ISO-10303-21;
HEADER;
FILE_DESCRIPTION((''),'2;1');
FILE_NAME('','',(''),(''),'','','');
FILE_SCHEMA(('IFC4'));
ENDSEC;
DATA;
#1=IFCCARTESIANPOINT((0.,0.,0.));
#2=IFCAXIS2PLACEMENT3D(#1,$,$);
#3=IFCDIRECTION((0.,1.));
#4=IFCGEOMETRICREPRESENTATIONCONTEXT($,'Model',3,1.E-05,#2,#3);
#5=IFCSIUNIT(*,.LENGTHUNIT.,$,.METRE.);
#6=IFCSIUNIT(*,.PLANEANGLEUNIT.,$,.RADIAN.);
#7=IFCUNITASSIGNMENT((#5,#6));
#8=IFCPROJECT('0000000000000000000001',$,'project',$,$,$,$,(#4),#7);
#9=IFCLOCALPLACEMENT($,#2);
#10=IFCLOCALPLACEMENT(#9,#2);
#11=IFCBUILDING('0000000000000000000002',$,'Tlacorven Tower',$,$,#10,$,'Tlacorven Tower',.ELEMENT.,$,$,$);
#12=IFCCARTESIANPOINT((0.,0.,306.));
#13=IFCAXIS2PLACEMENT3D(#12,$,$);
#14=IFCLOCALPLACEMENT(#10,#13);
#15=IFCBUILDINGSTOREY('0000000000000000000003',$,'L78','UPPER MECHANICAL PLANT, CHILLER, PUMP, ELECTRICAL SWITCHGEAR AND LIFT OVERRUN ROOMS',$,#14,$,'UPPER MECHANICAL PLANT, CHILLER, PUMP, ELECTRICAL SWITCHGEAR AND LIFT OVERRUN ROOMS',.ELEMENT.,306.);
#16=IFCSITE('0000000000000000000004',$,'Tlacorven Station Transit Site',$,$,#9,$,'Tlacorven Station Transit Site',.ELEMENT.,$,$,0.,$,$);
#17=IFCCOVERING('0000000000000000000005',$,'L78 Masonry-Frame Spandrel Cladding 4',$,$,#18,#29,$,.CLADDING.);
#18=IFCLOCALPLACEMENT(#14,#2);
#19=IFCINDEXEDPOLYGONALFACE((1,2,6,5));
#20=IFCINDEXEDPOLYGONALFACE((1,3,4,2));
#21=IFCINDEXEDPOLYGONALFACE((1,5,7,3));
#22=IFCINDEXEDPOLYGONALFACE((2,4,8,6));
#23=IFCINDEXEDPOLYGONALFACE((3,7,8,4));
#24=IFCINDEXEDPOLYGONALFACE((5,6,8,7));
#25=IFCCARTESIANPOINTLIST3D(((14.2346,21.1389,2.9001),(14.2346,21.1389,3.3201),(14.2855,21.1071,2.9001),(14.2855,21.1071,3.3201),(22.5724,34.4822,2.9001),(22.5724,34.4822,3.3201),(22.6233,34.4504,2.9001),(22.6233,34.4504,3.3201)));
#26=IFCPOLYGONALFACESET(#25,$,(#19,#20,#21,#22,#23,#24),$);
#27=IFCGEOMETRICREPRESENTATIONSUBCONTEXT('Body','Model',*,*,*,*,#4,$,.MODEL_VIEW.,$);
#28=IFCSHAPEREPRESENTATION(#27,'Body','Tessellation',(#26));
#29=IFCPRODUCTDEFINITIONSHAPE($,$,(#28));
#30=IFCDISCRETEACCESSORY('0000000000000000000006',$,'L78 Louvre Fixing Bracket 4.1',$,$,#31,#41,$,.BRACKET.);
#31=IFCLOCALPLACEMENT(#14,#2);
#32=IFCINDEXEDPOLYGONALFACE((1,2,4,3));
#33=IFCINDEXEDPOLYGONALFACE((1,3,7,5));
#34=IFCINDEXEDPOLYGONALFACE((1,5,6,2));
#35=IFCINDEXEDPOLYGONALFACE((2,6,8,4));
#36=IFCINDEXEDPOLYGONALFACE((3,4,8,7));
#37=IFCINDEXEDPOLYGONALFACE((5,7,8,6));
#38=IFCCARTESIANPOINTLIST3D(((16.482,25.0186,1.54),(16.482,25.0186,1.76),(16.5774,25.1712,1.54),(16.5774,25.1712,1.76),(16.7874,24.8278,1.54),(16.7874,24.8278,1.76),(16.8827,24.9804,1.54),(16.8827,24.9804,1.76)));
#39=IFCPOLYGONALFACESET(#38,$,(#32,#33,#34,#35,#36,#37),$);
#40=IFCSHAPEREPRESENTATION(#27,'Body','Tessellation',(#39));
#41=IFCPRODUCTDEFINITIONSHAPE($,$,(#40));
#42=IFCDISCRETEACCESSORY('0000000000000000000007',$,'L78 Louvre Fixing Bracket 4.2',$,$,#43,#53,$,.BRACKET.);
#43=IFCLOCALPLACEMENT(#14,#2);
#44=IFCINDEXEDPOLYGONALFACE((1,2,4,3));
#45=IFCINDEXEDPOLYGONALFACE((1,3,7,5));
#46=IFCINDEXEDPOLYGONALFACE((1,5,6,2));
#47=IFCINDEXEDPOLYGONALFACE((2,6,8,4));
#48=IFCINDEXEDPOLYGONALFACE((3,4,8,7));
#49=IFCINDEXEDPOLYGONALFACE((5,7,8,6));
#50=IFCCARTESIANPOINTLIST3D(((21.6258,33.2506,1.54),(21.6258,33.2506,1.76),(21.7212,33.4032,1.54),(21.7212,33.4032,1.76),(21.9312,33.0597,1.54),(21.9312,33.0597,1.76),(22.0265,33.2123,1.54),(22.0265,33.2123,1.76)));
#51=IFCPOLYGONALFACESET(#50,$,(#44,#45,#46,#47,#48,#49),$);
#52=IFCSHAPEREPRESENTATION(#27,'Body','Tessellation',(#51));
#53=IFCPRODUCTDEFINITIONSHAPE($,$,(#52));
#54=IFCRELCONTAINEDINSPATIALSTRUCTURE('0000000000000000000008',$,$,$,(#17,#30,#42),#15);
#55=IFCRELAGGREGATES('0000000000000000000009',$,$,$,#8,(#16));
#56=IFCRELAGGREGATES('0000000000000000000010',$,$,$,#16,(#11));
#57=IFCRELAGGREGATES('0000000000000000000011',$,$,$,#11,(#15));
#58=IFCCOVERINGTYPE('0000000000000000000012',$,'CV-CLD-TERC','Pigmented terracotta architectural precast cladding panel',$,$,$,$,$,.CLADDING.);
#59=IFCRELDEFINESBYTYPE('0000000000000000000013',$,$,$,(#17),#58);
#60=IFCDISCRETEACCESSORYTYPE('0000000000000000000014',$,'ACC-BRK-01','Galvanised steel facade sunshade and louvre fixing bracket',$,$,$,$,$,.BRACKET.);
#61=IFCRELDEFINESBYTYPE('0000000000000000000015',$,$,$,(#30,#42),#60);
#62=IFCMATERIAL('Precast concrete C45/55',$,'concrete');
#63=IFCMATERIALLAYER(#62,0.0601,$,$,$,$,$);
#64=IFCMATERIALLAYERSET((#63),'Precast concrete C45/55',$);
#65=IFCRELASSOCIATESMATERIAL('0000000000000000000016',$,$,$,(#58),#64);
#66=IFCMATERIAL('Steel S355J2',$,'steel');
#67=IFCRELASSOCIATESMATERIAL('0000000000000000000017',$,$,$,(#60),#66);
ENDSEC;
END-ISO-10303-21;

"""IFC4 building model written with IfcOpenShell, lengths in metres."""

from ifc_helpers import new_model, si_unit, direction, frame, origin, origin_2d, place, context, subcontext, project, spatial, rectangle, extrude, source, transform, mapped, material, layer, layer_set, type_object, element, save


model = new_model("IFC4")

# Units and contexts
model_context = context("Model", 3, precision=1e-05, world=origin(), true_north=direction((0.0, 1.0)))
body_context = subcontext(model_context, "Body", "Model", "MODEL_VIEW")
ifc_project = project(units=[si_unit("LENGTHUNIT", "METRE"), si_unit("PLANEANGLEUNIT", "RADIAN")], contexts=[model_context])

# Site, building, storey
site_placement = place(None, origin())
site = spatial("IfcSite", under=ifc_project, at=site_placement, Name="Tlacorven Station Transit Site", LongName="Tlacorven Station Transit Site", CompositionType="ELEMENT", RefElevation=0.0)
building_placement = place(site_placement, origin())
building = spatial("IfcBuilding", under=site, at=building_placement, Name="Tlacorven Tower", LongName="Tlacorven Tower", CompositionType="ELEMENT")
storey_placement = place(building_placement, frame((0.0, 0.0, 306.0)))
storey = spatial("IfcBuildingStorey", under=building, at=storey_placement, Name="L78", Description="UPPER MECHANICAL PLANT, CHILLER, PUMP, ELECTRICAL SWITCHGEAR AND LIFT OVERRUN ROOMS", LongName="UPPER MECHANICAL PLANT, CHILLER, PUMP, ELECTRICAL SWITCHGEAR AND LIFT OVERRUN ROOMS", CompositionType="ELEMENT", Elevation=306.0)

# Shared definitions
ifc_material_1 = material(Name="Precast concrete C45/55", Category="concrete")

# Covering
ifc_layer_1 = layer(ifc_material_1, 0.0601)
ifc_layer_set_1 = layer_set([ifc_layer_1], Name="Precast concrete C45/55")
covering_type = type_object("IfcCoveringType", Name="CV-CLD-TERC", Description="Pigmented terracotta architectural precast cladding panel", PredefinedType="CLADDING", material=ifc_layer_set_1)
shared_shape_1 = source(origin(), body_context, "Body", "SweptSolid", [
    extrude(rectangle(XDim=15.7341, YDim=0.0601, at=origin_2d()), origin(), (0.0, 0.0, 1.0), 0.4199),
])
covering_placement = place(storey_placement, frame((18.429, 27.7947, 2.9001), z_axis=(0.0, 0.0, 1.0), x_axis=(0.529919, 0.848048, 0.0)))
element("IfcCovering", 1, at=covering_placement, inside=storey, type_object=covering_type, Name="L78 Masonry-Frame Spandrel Cladding 4", PredefinedType="CLADDING", context=body_context, shape_type="MappedRepresentation", body=[
    mapped(shared_shape_1, transform((0.0, 0.0, 0.0), scale=1.0)),
])

# Discrete accessories
ifc_material_2 = material(Name="Steel S355J2", Category="steel")
discrete_accessory_type = type_object("IfcDiscreteAccessoryType", Name="ACC-BRK-01", Description="Galvanised steel facade sunshade and louvre fixing bracket", PredefinedType="BRACKET", material=ifc_material_2)
shared_shape_2 = source(origin(), body_context, "Body", "SweptSolid", [
    extrude(rectangle(XDim=0.1799, YDim=0.3601, at=origin_2d()), origin(), (0.0, 0.0, 1.0), 0.22),
])
for number, where, z_axis, x_axis, name in (
    (2, (16.6824, 24.9995, 1.54), (0.0, 0.0, 1.0), (0.529919, 0.848048, 0.0), "L78 Louvre Fixing Bracket 4.1"),
    (3, (21.8262, 33.2314, 1.54), (0.0, 0.0, 1.0), (0.529919, 0.848048, 0.0), "L78 Louvre Fixing Bracket 4.2"),
):
    element("IfcDiscreteAccessory", number, at=place(storey_placement, frame(where, z_axis=z_axis, x_axis=x_axis)), inside=storey, type_object=discrete_accessory_type, Name=name, PredefinedType="BRACKET", context=body_context, shape_type="MappedRepresentation", body=[
        mapped(shared_shape_2, transform((0.0, 0.0, 0.0), scale=1.0)),
    ])

save(model, "model.ifc")
